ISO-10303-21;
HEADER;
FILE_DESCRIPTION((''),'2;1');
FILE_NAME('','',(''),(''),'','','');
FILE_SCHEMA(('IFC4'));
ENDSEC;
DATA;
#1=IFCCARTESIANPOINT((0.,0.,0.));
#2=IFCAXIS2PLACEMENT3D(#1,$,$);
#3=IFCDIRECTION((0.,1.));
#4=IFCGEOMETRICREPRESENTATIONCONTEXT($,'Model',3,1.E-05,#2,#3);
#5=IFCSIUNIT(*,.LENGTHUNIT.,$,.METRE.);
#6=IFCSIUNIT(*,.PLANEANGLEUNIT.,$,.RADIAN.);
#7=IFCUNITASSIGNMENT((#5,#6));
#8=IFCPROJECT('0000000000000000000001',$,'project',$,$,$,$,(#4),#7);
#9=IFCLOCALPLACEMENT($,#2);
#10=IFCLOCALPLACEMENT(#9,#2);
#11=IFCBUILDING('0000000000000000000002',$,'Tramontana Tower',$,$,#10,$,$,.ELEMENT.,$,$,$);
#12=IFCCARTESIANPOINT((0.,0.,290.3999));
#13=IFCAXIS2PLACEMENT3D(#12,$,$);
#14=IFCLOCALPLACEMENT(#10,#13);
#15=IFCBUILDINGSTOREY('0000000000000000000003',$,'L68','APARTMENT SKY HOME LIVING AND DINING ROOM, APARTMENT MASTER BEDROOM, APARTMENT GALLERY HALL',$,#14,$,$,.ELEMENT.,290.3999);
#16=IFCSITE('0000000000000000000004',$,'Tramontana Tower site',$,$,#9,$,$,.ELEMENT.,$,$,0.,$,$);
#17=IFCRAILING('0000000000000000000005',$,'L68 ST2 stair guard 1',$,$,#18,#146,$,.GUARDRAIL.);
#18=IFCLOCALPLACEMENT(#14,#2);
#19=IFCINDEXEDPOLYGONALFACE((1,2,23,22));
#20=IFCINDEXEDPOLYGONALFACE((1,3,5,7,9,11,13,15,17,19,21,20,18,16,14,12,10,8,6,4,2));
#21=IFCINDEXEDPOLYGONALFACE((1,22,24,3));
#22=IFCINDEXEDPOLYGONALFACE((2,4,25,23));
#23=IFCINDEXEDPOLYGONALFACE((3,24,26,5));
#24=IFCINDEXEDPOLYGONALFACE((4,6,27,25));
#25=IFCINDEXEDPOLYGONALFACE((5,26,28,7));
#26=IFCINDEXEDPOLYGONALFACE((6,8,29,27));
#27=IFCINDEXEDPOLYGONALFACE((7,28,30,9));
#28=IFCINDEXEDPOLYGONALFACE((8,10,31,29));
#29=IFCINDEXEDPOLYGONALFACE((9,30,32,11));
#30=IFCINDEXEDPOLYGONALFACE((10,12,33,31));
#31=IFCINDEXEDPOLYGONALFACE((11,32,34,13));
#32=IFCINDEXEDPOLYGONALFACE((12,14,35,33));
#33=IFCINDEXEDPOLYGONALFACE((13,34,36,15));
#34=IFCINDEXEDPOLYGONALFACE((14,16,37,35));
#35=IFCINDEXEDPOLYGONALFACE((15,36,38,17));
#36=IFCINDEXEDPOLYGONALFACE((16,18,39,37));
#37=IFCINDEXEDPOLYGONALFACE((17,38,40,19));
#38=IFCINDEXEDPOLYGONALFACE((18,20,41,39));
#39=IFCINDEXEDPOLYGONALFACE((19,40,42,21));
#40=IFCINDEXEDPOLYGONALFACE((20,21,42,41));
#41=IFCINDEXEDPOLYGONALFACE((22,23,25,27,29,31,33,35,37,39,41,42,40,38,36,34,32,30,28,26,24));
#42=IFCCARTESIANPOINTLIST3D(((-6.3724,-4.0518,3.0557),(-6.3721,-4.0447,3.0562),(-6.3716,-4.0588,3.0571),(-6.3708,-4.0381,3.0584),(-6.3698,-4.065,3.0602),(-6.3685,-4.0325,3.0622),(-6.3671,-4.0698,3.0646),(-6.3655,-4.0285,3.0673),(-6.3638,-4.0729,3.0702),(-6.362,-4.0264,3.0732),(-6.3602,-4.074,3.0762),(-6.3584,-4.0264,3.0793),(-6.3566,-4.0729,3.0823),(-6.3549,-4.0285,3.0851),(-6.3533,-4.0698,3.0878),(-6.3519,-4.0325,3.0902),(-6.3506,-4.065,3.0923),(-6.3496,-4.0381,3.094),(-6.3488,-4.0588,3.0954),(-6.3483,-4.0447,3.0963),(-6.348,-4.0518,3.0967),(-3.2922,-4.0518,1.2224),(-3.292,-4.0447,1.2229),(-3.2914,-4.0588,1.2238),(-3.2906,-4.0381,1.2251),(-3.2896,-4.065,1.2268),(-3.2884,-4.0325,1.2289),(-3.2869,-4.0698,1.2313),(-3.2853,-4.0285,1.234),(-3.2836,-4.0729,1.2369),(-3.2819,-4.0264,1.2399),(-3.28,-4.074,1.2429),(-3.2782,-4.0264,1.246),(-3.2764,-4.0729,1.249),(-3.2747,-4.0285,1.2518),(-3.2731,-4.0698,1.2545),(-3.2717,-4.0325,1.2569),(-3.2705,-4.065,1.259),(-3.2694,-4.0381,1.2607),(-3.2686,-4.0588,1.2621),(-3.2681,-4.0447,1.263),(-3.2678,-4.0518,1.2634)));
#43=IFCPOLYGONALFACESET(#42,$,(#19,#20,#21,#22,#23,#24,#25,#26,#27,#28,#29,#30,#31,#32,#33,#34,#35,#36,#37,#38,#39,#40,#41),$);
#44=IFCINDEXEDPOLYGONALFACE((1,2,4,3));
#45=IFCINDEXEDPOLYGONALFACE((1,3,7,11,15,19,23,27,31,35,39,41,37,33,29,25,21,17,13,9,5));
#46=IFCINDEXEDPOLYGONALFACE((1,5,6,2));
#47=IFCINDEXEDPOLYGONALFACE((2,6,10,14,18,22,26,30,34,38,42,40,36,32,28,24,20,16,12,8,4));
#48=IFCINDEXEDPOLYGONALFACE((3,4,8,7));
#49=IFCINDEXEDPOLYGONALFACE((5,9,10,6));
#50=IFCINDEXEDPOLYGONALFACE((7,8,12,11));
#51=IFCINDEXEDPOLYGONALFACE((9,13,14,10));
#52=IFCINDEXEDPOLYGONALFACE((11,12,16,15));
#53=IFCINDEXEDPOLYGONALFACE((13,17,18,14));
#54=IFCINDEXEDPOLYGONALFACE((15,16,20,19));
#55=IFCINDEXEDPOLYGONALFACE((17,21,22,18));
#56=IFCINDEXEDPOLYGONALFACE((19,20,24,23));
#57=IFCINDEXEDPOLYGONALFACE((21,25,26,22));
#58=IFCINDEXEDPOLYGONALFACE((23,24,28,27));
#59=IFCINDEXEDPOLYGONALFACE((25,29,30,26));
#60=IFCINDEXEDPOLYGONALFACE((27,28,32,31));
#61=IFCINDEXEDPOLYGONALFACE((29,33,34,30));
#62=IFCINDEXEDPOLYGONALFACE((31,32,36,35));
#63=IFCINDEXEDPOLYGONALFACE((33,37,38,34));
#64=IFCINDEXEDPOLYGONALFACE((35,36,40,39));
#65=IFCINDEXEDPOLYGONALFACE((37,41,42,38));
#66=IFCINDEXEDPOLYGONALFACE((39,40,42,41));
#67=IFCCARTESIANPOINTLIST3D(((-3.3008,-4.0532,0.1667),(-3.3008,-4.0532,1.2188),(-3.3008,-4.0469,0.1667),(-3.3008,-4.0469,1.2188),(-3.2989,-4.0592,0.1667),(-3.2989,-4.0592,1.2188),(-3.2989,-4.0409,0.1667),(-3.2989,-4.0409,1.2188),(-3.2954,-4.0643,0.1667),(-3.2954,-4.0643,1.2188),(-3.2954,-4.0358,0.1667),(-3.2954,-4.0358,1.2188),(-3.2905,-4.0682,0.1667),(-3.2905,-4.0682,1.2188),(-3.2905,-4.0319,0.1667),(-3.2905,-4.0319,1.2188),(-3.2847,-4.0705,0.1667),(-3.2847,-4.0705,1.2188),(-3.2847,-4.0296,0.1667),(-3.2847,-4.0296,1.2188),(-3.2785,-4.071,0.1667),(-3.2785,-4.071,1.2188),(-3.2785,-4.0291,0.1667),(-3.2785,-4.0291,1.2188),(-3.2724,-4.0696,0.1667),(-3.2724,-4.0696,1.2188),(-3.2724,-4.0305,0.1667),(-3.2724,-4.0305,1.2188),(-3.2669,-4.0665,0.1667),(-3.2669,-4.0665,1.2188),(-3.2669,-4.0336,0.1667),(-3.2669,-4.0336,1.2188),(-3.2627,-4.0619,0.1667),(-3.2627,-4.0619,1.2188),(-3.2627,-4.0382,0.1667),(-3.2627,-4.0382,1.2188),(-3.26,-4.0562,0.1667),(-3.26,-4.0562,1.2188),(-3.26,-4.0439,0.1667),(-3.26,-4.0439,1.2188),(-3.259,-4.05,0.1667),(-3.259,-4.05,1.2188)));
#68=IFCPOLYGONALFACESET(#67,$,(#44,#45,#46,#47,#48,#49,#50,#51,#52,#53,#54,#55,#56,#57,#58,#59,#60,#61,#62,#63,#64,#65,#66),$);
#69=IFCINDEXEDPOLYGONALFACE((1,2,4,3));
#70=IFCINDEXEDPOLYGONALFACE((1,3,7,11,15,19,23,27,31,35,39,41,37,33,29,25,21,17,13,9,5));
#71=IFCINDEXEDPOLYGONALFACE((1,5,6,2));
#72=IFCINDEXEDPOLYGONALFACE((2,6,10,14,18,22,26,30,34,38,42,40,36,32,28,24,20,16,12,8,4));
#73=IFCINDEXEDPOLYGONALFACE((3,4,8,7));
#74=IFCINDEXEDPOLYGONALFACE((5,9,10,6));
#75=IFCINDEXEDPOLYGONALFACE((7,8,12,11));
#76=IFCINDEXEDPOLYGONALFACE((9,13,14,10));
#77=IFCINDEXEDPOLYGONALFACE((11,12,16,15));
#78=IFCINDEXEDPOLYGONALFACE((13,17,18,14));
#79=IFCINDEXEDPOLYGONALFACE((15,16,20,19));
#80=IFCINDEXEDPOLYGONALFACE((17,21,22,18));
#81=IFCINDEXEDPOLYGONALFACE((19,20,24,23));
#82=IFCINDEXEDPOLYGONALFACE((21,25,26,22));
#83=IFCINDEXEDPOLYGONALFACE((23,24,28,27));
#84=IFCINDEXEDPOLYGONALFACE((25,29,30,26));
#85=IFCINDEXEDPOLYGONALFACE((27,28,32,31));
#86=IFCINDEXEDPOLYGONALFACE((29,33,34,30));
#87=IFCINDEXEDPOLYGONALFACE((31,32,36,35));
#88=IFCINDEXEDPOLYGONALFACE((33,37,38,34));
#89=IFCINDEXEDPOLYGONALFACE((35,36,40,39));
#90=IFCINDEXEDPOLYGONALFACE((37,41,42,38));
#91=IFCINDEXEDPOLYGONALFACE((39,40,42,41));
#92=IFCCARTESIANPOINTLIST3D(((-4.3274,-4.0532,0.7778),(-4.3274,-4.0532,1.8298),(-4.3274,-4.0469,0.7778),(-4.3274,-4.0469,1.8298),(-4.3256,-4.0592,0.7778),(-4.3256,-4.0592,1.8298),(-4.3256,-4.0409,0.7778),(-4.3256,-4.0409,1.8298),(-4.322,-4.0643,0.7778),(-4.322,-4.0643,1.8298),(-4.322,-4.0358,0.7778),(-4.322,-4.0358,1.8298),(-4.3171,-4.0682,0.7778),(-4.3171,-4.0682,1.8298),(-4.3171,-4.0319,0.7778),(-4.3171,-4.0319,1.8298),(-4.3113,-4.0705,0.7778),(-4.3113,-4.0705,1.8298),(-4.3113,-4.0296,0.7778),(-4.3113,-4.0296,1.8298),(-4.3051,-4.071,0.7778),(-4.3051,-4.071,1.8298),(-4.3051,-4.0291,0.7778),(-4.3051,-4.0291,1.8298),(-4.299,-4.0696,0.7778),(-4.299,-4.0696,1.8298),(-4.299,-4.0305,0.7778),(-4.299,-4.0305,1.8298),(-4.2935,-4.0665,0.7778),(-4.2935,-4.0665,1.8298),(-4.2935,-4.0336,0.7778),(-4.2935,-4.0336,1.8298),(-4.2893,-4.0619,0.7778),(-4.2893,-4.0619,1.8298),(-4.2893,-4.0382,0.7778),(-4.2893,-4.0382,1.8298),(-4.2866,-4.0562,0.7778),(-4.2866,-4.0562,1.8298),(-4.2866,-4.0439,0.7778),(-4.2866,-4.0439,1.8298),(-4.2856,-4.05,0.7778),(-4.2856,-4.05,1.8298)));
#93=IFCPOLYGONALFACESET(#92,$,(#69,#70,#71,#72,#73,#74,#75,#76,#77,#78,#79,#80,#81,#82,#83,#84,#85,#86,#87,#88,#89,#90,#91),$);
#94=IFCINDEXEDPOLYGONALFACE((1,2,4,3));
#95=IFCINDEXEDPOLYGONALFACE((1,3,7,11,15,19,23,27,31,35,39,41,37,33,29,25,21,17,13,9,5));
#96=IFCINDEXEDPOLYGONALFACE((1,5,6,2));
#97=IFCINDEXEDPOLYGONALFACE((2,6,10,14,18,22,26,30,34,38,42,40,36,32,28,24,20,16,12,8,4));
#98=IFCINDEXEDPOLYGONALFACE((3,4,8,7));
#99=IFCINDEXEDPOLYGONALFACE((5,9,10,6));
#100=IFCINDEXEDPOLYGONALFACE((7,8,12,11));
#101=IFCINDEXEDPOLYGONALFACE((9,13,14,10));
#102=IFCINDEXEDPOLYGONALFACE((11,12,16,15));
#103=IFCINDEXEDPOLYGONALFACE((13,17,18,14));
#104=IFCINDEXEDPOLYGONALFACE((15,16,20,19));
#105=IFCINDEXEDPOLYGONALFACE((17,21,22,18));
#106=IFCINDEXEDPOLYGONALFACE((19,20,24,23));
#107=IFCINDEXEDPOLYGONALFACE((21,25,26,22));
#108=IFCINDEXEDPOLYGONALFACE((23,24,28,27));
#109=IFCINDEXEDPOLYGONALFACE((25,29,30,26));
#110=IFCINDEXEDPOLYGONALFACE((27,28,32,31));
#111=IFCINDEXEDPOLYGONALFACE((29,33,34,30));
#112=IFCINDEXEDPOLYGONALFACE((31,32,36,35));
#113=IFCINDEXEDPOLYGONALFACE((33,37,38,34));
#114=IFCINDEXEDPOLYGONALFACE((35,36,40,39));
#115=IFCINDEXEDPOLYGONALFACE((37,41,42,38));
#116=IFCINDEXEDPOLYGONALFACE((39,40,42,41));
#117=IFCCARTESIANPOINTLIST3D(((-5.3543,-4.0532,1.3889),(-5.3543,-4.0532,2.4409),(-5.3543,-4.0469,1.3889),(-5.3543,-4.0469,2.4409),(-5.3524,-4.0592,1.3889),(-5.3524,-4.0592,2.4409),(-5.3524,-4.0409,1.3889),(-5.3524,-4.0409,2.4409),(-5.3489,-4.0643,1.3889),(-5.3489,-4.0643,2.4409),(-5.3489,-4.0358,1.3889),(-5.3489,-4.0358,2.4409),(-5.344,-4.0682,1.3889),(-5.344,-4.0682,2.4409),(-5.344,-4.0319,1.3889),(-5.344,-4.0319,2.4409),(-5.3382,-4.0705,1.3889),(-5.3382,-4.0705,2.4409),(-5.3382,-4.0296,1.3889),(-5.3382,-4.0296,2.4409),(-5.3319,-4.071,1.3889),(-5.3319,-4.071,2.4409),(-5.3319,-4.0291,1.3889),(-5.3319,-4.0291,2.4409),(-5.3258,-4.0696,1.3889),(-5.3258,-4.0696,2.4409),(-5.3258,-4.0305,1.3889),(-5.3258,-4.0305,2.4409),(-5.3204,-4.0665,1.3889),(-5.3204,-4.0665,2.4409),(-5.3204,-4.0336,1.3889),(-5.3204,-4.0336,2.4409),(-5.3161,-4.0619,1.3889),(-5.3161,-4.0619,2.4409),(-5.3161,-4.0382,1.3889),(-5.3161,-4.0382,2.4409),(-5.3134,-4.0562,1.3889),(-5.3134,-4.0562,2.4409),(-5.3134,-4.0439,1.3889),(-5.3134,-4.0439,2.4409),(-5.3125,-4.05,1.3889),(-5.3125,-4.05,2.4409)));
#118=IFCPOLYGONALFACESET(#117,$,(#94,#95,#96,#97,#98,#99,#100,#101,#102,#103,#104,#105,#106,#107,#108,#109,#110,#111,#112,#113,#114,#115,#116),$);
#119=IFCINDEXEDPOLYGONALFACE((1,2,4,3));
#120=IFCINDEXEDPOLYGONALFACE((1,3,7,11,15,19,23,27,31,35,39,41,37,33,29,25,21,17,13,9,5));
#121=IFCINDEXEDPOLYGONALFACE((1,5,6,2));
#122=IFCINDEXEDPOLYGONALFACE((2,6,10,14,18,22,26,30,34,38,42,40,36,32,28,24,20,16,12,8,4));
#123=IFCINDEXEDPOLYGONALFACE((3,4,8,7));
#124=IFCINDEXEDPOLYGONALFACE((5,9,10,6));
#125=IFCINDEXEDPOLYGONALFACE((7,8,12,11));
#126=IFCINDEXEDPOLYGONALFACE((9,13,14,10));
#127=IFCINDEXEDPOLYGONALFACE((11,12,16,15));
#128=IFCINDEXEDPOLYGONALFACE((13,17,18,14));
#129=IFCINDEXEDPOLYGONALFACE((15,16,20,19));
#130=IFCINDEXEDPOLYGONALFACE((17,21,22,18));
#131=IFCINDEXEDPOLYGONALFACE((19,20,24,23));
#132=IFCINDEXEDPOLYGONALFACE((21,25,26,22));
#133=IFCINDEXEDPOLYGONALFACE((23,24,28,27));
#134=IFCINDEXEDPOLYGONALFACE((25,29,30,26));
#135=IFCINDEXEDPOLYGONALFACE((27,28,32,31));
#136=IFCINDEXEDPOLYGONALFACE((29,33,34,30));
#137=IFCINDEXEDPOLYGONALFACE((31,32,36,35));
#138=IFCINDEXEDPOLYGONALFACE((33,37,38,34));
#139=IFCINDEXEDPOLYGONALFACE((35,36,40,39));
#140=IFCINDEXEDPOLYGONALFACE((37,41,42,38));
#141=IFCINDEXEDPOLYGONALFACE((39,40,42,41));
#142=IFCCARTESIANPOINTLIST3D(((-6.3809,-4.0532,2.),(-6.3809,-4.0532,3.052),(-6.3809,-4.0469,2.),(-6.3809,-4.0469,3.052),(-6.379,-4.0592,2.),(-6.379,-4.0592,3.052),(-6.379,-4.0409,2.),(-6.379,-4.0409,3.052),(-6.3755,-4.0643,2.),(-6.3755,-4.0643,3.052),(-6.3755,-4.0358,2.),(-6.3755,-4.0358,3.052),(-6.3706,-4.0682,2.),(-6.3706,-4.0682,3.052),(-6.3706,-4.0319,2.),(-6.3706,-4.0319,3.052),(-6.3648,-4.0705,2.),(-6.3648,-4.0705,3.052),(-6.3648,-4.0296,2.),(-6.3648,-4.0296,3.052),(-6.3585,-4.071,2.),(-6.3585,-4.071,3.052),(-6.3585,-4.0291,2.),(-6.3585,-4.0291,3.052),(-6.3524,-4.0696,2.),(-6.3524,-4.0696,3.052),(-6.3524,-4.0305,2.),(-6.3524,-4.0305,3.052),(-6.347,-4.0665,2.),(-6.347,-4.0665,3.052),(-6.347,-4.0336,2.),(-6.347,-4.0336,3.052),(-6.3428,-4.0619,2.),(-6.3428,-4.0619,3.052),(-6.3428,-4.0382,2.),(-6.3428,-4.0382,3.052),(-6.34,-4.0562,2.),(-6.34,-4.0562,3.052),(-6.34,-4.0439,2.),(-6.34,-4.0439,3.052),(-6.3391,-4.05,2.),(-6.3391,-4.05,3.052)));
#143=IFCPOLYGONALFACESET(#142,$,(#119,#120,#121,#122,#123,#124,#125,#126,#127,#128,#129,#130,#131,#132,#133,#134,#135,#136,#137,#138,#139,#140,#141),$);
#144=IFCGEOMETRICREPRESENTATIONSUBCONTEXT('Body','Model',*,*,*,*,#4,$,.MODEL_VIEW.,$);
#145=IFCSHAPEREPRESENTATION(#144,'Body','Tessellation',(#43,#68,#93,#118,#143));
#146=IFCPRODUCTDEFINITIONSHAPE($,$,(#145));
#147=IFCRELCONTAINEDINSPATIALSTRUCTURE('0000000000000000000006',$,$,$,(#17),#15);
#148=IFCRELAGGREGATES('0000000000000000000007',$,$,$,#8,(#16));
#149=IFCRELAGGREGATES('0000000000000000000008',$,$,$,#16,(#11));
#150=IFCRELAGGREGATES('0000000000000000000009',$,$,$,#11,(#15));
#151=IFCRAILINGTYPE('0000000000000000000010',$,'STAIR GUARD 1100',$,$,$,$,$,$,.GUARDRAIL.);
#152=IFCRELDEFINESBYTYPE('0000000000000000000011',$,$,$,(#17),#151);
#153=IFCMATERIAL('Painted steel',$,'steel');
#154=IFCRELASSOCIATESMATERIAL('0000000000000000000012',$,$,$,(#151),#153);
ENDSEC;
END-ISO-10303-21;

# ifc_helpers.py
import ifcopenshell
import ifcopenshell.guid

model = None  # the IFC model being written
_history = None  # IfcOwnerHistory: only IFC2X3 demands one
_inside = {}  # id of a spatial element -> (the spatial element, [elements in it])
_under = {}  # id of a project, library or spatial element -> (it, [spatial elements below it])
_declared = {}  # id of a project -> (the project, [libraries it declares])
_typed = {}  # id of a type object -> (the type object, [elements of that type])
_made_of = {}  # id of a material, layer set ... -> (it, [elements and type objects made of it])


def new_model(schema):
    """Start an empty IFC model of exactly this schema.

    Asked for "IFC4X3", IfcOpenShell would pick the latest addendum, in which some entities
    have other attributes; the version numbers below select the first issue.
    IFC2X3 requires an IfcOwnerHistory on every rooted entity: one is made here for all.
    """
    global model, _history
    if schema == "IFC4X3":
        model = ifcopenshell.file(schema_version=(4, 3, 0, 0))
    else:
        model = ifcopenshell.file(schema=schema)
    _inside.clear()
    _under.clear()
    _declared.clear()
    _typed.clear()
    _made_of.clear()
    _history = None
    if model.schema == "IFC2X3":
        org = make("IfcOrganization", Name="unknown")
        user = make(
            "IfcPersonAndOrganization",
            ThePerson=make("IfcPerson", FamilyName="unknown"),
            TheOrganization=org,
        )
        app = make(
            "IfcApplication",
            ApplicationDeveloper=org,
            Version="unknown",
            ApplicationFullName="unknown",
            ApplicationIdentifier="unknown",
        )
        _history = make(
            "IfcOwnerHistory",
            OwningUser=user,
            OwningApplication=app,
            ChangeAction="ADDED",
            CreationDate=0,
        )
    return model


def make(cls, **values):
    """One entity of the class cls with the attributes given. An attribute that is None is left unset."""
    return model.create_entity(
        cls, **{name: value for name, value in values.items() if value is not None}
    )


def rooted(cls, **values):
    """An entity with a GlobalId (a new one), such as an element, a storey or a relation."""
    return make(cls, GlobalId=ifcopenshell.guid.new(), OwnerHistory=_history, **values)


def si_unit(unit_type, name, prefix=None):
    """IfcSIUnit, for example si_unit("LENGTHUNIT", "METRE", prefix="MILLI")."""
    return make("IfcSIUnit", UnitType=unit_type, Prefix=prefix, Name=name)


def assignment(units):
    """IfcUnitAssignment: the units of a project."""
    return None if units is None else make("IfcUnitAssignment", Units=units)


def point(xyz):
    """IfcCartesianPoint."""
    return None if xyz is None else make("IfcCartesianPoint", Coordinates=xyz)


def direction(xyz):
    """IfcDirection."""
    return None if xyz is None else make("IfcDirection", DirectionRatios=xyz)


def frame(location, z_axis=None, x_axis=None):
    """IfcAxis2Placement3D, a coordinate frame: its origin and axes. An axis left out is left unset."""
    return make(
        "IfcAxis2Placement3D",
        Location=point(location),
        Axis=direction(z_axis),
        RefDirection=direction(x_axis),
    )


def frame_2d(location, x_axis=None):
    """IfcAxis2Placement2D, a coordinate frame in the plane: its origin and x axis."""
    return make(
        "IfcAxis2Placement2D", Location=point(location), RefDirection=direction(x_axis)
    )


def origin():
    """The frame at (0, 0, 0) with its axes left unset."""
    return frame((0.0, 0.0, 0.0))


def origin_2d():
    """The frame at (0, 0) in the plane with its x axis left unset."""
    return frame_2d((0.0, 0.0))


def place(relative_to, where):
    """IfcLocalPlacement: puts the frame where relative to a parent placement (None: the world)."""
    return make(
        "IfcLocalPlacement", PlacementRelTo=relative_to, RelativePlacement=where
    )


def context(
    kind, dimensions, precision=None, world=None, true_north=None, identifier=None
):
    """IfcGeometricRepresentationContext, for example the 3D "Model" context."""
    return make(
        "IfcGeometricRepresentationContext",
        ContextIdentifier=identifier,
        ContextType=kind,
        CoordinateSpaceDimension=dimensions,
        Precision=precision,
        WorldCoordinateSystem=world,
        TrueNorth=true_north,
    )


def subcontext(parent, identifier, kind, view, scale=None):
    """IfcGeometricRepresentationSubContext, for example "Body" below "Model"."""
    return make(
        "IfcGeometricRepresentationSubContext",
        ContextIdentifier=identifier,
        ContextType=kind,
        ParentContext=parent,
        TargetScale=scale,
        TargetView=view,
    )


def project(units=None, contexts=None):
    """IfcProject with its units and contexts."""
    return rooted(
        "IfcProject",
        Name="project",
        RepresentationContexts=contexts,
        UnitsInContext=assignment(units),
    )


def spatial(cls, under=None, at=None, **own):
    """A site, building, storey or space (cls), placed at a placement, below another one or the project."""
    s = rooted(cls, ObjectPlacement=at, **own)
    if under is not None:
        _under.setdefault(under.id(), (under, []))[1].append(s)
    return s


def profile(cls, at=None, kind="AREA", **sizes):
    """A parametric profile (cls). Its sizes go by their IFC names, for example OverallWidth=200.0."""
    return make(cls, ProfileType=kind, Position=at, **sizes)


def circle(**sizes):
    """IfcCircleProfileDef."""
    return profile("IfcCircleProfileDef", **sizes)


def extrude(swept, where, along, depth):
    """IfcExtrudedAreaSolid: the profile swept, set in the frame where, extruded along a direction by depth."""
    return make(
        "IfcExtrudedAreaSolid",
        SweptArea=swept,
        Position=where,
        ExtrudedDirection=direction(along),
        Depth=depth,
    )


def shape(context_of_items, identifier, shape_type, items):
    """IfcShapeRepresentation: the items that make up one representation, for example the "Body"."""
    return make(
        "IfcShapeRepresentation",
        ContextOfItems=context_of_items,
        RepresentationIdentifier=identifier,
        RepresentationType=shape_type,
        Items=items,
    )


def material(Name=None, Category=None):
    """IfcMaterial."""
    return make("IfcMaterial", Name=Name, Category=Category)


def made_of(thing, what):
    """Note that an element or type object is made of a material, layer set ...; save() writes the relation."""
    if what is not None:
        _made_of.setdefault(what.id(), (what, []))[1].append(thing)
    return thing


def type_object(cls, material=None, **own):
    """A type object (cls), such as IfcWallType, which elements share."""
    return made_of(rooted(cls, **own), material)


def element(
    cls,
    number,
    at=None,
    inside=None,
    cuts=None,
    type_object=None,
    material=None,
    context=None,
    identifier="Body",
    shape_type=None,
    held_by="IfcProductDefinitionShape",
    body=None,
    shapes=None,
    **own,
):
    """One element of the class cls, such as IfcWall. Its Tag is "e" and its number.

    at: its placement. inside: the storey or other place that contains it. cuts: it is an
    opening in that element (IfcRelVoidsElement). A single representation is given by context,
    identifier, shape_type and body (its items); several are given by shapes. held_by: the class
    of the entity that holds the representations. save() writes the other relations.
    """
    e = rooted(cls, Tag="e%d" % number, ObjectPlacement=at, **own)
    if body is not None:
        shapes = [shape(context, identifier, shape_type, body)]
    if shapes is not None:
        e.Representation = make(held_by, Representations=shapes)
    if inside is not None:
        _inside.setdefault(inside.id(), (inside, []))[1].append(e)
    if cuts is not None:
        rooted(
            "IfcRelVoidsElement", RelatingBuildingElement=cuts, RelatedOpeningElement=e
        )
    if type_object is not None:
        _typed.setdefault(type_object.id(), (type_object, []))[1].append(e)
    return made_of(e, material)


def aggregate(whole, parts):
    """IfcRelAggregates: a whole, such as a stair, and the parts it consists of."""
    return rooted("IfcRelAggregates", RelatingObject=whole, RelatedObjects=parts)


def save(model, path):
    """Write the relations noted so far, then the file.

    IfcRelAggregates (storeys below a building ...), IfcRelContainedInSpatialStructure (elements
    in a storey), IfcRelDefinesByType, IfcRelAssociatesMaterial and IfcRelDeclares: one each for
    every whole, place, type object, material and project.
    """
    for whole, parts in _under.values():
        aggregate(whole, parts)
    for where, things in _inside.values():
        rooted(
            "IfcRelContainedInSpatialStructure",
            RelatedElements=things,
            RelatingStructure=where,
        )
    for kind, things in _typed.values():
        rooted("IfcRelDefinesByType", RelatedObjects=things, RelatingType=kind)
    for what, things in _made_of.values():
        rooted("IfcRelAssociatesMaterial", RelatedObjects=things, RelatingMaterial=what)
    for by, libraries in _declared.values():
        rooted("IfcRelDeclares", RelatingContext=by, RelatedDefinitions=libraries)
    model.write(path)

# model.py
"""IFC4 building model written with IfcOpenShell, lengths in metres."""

from ifc_helpers import new_model, si_unit, direction, frame, origin, origin_2d, place, context, subcontext, project, spatial, circle, extrude, material, type_object, element, save


model = new_model("IFC4")

# Units and contexts
model_context = context("Model", 3, precision=1e-05, world=origin(), true_north=direction((0.0, 1.0)))
body_context = subcontext(model_context, "Body", "Model", "MODEL_VIEW")
ifc_project = project(units=[si_unit("LENGTHUNIT", "METRE"), si_unit("PLANEANGLEUNIT", "RADIAN")], contexts=[model_context])

# Site, building, storey
site_placement = place(None, origin())
site = spatial("IfcSite", under=ifc_project, at=site_placement, Name="Tramontana Tower site", CompositionType="ELEMENT", RefElevation=0.0)
building_placement = place(site_placement, origin())
building = spatial("IfcBuilding", under=site, at=building_placement, Name="Tramontana Tower", CompositionType="ELEMENT")
storey_placement = place(building_placement, frame((0.0, 0.0, 290.3999)))
storey = spatial("IfcBuildingStorey", under=building, at=storey_placement, Name="L68", Description="APARTMENT SKY HOME LIVING AND DINING ROOM, APARTMENT MASTER BEDROOM, APARTMENT GALLERY HALL", CompositionType="ELEMENT", Elevation=290.3999)

# Railing
ifc_material_1 = material(Name="Painted steel", Category="steel")
railing_type_1 = type_object("IfcRailingType", Name="STAIR GUARD 1100", PredefinedType="GUARDRAIL", material=ifc_material_1)
railing_1_placement = place(storey_placement, frame((-3.28, -4.05, 0.1667)))
element("IfcRailing", 1, at=railing_1_placement, inside=storey, type_object=railing_type_1, Name="L68 ST2 stair guard 1", PredefinedType="GUARDRAIL", context=body_context, shape_type="SweptSolid", body=[
    extrude(circle(Radius=0.0239, at=origin_2d()), frame((0.0, 0.0, 1.0762), z_axis=(-0.859309, 0.0, 0.511458), x_axis=(0.0, -1.0, 0.0)), (0.0, 0.0, 1.0), 3.5845),
    extrude(circle(Radius=0.021, at=origin_2d()), origin(), (0.0, 0.0, 1.0), 1.052),
    extrude(circle(Radius=0.021, at=origin_2d()), frame((-1.0266, 0.0, 0.6111)), (0.0, 0.0, 1.0), 1.052),
    extrude(circle(Radius=0.021, at=origin_2d()), frame((-2.0535, 0.0, 1.2222)), (0.0, 0.0, 1.0), 1.052),
    extrude(circle(Radius=0.021, at=origin_2d()), frame((-3.0801, 0.0, 1.8333)), (0.0, 0.0, 1.0), 1.052),
])

save(model, "model.ifc")
